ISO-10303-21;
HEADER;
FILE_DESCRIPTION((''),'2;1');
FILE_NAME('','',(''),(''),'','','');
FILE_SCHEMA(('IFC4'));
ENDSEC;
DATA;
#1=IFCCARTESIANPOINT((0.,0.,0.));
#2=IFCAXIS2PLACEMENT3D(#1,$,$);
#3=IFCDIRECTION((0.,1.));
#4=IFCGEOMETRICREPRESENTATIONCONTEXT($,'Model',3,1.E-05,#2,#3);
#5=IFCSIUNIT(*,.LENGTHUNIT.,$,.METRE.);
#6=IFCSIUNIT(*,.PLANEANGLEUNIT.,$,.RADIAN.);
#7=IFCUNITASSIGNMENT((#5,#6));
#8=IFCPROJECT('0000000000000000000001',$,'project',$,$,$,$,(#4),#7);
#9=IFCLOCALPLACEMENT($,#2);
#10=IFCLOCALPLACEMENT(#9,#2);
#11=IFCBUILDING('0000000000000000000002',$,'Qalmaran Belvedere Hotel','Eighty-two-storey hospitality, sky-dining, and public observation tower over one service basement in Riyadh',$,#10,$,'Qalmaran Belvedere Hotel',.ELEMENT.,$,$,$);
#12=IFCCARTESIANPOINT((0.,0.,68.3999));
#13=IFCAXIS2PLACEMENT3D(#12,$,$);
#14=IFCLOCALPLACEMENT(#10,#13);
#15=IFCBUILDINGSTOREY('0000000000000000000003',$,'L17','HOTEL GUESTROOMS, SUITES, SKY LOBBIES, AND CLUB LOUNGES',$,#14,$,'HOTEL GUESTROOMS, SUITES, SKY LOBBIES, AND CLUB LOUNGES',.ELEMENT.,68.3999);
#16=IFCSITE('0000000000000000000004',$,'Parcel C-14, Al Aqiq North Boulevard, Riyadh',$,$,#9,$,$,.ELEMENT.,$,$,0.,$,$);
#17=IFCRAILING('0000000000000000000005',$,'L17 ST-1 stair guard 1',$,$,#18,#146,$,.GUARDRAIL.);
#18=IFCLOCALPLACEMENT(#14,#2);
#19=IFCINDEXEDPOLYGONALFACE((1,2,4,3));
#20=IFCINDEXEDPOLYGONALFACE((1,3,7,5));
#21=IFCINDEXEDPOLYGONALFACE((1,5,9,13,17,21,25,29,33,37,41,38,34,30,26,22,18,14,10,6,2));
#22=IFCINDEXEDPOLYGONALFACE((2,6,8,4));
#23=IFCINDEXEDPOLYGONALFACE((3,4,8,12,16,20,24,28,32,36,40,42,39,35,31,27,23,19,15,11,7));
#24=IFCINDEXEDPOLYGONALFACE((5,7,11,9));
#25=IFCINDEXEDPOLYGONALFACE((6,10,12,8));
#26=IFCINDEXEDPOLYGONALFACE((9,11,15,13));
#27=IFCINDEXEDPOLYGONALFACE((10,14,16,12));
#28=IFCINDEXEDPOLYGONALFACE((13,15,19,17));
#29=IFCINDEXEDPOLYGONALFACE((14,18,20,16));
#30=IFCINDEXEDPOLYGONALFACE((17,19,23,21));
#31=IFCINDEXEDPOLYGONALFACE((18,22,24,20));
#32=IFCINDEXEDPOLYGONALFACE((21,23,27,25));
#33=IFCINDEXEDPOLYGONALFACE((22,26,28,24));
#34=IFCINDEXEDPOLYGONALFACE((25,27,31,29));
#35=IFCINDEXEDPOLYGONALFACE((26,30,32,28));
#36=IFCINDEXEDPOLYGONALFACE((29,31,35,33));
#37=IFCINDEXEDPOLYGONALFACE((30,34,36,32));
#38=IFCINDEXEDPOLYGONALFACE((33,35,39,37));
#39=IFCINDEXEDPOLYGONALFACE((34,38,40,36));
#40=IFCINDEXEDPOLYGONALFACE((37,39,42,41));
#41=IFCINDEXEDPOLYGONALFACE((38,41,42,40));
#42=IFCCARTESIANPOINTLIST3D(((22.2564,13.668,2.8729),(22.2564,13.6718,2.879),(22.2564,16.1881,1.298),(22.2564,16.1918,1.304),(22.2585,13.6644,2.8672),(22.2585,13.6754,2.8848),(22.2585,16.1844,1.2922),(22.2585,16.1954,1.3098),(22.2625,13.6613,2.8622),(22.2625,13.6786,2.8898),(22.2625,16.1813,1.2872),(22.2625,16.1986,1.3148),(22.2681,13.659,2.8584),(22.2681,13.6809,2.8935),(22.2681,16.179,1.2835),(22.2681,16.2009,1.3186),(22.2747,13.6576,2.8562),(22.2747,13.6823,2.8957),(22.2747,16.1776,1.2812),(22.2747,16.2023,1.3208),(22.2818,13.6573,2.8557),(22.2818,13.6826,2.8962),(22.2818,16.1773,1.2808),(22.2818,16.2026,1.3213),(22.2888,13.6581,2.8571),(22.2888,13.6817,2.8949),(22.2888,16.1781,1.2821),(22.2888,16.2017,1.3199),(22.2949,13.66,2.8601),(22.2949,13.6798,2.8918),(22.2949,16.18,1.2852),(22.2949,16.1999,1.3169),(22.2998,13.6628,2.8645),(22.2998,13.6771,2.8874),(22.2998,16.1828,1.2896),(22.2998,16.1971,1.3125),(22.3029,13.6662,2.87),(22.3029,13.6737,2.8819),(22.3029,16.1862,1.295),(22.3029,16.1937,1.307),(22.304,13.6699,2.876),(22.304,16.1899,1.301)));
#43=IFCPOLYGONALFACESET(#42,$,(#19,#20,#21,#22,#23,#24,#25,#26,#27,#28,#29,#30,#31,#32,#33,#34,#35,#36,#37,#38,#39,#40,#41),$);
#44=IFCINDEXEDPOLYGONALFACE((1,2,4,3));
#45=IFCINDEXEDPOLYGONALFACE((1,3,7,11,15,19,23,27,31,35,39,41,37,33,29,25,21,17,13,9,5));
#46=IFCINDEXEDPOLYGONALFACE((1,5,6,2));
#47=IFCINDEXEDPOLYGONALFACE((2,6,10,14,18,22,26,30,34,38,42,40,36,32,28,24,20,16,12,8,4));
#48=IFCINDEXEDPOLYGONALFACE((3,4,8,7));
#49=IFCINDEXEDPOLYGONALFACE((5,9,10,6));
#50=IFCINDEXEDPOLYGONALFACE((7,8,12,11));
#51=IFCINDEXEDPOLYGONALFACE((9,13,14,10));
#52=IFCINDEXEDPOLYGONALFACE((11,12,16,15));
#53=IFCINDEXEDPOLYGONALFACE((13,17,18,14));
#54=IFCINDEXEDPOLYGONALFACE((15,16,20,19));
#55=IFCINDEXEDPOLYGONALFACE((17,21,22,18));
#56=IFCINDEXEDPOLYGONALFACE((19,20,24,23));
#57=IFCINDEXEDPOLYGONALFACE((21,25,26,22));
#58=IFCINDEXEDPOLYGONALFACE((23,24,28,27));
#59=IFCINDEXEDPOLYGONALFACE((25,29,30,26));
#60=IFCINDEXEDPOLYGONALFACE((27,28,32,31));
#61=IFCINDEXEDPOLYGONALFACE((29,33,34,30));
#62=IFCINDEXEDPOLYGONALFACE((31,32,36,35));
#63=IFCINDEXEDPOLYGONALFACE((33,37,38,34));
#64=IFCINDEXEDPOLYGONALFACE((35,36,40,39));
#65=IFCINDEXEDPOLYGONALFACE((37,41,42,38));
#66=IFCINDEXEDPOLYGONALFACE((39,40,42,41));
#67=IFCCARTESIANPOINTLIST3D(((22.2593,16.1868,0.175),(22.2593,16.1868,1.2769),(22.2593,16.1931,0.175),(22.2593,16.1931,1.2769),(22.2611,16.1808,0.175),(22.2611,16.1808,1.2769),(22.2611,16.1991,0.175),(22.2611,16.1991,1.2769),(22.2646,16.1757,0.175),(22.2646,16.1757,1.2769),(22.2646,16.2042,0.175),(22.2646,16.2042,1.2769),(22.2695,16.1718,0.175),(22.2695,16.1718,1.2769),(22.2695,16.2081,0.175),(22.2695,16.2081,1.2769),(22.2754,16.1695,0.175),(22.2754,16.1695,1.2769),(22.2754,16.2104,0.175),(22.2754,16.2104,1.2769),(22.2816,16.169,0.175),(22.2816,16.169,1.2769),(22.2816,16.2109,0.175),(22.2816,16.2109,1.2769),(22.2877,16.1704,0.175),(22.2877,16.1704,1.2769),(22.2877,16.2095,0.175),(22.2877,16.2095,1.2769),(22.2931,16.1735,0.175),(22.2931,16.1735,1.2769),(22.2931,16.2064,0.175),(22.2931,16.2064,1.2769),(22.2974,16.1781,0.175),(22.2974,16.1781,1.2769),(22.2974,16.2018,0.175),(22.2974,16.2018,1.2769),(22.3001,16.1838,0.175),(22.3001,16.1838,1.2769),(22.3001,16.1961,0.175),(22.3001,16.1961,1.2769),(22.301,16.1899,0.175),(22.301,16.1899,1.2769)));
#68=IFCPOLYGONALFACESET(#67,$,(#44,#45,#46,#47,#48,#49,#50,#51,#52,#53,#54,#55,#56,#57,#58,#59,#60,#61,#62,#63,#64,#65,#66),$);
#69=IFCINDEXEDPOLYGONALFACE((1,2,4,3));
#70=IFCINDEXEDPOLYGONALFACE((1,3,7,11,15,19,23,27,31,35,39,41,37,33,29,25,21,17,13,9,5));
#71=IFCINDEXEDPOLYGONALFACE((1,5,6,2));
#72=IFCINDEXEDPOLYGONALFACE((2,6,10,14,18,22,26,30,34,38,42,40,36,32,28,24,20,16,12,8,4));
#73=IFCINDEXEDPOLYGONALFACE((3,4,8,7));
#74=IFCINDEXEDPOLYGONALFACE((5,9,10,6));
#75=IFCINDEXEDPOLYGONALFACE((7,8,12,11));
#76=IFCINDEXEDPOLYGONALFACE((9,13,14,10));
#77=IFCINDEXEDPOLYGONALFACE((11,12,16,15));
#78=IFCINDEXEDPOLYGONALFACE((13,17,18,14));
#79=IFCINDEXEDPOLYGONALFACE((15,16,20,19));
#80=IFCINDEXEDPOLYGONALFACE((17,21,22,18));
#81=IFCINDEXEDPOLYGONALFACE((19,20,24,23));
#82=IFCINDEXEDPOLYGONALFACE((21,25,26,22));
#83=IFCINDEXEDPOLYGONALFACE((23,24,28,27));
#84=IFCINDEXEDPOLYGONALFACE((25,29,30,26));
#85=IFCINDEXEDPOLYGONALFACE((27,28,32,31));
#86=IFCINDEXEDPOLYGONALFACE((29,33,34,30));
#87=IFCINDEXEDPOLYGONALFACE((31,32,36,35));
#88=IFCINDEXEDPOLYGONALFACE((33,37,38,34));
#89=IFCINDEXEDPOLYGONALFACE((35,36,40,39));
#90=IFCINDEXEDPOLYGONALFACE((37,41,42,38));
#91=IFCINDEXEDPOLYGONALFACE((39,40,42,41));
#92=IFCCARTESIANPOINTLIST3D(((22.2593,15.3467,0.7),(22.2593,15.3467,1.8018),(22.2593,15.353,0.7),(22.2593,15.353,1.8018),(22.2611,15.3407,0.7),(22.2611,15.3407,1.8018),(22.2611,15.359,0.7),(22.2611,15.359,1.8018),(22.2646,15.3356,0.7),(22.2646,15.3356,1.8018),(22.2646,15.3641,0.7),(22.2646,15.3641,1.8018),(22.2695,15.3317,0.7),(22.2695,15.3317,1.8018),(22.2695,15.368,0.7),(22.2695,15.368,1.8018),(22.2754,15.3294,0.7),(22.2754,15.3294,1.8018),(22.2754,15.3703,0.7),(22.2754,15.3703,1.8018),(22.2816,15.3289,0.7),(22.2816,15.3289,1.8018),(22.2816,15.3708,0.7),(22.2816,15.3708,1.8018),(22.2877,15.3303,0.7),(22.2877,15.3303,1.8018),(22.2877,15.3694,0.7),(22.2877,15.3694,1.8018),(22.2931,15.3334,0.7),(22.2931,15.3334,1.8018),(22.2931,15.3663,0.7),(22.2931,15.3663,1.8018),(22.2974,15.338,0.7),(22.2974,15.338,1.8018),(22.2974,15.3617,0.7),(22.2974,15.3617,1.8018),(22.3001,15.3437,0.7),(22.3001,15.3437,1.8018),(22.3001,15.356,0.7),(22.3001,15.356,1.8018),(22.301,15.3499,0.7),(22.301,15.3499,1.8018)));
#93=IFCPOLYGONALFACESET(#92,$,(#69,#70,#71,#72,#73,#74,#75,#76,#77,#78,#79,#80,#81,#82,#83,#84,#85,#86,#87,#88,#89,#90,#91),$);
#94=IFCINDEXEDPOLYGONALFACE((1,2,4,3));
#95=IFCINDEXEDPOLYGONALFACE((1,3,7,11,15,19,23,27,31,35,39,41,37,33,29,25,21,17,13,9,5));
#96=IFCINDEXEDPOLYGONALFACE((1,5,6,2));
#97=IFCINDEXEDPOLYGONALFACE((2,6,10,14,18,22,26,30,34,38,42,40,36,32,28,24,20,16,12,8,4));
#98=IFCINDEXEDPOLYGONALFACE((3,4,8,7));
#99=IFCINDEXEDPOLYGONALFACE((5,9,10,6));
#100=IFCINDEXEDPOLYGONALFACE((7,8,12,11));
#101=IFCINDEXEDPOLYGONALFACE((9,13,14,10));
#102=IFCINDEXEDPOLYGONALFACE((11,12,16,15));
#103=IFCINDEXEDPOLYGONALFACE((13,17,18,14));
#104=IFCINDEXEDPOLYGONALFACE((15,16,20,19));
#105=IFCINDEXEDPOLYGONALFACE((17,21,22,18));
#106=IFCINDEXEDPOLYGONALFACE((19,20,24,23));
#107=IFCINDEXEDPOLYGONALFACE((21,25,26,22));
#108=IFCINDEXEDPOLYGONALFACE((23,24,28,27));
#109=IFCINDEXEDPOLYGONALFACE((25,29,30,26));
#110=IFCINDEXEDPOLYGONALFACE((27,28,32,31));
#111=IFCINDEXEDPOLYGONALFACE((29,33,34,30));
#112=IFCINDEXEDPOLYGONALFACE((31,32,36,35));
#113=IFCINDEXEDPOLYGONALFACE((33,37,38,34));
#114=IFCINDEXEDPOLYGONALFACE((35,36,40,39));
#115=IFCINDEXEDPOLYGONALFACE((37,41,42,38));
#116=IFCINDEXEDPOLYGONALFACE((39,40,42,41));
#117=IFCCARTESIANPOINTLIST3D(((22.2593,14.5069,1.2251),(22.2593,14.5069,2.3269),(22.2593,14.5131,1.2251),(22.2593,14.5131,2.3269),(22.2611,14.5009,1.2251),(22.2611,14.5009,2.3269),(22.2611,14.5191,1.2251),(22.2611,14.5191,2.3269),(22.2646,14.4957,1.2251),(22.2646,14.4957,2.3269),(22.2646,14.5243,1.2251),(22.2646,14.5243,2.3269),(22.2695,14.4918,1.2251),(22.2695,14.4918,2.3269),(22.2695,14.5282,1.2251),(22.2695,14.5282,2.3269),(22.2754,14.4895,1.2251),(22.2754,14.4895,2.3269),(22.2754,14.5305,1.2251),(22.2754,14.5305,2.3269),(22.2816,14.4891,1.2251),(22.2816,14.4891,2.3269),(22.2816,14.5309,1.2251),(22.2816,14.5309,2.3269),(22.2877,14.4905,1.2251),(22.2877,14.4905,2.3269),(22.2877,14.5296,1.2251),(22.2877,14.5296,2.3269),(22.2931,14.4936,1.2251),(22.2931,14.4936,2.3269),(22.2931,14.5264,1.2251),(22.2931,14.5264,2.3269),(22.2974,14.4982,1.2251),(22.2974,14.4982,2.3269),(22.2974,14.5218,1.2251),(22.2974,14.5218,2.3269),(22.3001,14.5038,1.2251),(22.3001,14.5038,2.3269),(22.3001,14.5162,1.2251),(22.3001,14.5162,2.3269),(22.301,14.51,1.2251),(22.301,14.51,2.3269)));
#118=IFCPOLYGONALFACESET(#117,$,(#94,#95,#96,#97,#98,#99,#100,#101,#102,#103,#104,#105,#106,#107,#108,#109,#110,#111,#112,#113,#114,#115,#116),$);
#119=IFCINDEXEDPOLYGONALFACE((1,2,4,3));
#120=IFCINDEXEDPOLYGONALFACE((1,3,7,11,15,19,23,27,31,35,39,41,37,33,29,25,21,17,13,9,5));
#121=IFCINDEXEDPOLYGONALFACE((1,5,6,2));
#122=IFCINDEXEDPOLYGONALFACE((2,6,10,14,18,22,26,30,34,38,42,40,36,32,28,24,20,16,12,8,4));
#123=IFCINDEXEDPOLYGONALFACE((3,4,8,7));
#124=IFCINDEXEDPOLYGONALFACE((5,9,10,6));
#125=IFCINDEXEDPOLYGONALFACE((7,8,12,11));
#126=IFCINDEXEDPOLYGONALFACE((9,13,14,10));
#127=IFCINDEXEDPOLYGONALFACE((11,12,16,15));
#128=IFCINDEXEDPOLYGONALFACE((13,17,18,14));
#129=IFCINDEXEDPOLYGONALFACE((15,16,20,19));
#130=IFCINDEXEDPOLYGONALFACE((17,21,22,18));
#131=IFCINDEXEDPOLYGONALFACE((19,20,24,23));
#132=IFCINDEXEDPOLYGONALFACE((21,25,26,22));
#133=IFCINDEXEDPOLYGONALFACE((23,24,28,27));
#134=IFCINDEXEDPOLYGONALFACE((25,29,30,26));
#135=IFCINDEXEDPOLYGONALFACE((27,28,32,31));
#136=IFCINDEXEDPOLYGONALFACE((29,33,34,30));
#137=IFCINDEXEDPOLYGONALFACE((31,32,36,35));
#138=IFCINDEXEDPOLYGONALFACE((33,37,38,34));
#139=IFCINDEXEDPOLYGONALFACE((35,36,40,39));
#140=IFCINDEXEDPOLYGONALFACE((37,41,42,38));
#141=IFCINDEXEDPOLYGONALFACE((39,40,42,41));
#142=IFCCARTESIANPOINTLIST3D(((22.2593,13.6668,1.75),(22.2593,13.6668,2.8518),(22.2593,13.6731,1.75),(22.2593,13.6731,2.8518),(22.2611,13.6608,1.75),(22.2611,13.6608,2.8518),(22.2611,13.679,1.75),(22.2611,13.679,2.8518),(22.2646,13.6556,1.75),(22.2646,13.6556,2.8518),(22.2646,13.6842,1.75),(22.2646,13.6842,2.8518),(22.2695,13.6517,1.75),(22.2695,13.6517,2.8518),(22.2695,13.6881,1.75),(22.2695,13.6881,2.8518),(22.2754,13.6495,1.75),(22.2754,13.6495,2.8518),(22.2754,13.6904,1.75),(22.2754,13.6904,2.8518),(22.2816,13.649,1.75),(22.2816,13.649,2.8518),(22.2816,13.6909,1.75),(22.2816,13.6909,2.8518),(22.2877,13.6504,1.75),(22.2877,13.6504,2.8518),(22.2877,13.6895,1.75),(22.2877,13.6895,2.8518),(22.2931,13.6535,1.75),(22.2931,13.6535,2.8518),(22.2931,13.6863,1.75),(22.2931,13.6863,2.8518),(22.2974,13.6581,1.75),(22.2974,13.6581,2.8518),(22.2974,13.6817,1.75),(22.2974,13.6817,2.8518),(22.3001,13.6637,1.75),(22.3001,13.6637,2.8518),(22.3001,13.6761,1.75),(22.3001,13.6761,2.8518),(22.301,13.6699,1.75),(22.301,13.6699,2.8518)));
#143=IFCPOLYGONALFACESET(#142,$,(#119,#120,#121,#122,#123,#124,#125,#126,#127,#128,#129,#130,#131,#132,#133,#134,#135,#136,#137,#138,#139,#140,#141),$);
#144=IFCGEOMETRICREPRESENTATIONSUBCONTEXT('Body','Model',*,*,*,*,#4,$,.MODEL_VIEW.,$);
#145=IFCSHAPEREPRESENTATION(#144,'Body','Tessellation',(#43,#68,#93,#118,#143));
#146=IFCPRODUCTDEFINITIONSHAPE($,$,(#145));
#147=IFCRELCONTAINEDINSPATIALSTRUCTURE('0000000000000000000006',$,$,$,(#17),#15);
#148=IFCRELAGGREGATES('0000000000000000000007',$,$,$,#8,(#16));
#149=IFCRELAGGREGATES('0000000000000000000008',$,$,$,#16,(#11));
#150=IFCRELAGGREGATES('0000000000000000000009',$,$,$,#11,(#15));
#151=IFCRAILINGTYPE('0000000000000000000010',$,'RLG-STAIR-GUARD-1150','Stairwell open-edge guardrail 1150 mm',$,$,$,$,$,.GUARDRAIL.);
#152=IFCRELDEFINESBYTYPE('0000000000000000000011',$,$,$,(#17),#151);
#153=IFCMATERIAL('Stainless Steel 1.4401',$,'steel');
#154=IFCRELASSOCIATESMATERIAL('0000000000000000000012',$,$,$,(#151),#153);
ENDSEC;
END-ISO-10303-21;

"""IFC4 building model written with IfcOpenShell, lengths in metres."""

from ifc_helpers import new_model, si_unit, direction, frame, origin, origin_2d, place, context, subcontext, project, spatial, circle, extrude, material, type_object, element, save


model = new_model("IFC4")

# Units and contexts
model_context = context("Model", 3, precision=1e-05, world=origin(), true_north=direction((0.0, 1.0)))
body_context = subcontext(model_context, "Body", "Model", "MODEL_VIEW")
ifc_project = project(units=[si_unit("LENGTHUNIT", "METRE"), si_unit("PLANEANGLEUNIT", "RADIAN")], contexts=[model_context])

# Site, building, storey
site_placement = place(None, origin())
site = spatial("IfcSite", under=ifc_project, at=site_placement, Name="Parcel C-14, Al Aqiq North Boulevard, Riyadh", CompositionType="ELEMENT", RefElevation=0.0)
building_placement = place(site_placement, origin())
building = spatial("IfcBuilding", under=site, at=building_placement, Name="Qalmaran Belvedere Hotel", Description="Eighty-two-storey hospitality, sky-dining, and public observation tower over one service basement in Riyadh", LongName="Qalmaran Belvedere Hotel", CompositionType="ELEMENT")
storey_placement = place(building_placement, frame((0.0, 0.0, 68.3999)))
storey = spatial("IfcBuildingStorey", under=building, at=storey_placement, Name="L17", Description="HOTEL GUESTROOMS, SUITES, SKY LOBBIES, AND CLUB LOUNGES", LongName="HOTEL GUESTROOMS, SUITES, SKY LOBBIES, AND CLUB LOUNGES", CompositionType="ELEMENT", Elevation=68.3999)

# Railing
ifc_material_1 = material(Name="Stainless Steel 1.4401", Category="steel")
railing_type_1 = type_object("IfcRailingType", Name="RLG-STAIR-GUARD-1150", Description="Stairwell open-edge guardrail 1150 mm", PredefinedType="GUARDRAIL", material=ifc_material_1)
railing_1_placement = place(storey_placement, frame((22.28, 16.1899, 0.175)))
element("IfcRailing", 1, at=railing_1_placement, inside=storey, type_object=railing_type_1, Name="L17 ST-1 stair guard 1", PredefinedType="GUARDRAIL", context=body_context, shape_type="SweptSolid", body=[
    extrude(circle(Radius=0.0239, at=origin_2d()), frame((0.0, 0.0, 1.126), z_axis=(0.0, -0.848008, 0.529984), x_axis=(1.0, 0.0, 0.0)), (0.0, 0.0, 1.0), 2.9717),
    extrude(circle(Radius=0.021, at=origin_2d()), origin(), (0.0, 0.0, 1.0), 1.1018),
    extrude(circle(Radius=0.021, at=origin_2d()), frame((0.0, -0.8401, 0.5249)), (0.0, 0.0, 1.0), 1.1018),
    extrude(circle(Radius=0.021, at=origin_2d()), frame((0.0, -1.6799, 1.05)), (0.0, 0.0, 1.0), 1.1018),
    extrude(circle(Radius=0.021, at=origin_2d()), frame((0.0, -2.52, 1.575)), (0.0, 0.0, 1.0), 1.1018),
])

save(model, "model.ifc")
